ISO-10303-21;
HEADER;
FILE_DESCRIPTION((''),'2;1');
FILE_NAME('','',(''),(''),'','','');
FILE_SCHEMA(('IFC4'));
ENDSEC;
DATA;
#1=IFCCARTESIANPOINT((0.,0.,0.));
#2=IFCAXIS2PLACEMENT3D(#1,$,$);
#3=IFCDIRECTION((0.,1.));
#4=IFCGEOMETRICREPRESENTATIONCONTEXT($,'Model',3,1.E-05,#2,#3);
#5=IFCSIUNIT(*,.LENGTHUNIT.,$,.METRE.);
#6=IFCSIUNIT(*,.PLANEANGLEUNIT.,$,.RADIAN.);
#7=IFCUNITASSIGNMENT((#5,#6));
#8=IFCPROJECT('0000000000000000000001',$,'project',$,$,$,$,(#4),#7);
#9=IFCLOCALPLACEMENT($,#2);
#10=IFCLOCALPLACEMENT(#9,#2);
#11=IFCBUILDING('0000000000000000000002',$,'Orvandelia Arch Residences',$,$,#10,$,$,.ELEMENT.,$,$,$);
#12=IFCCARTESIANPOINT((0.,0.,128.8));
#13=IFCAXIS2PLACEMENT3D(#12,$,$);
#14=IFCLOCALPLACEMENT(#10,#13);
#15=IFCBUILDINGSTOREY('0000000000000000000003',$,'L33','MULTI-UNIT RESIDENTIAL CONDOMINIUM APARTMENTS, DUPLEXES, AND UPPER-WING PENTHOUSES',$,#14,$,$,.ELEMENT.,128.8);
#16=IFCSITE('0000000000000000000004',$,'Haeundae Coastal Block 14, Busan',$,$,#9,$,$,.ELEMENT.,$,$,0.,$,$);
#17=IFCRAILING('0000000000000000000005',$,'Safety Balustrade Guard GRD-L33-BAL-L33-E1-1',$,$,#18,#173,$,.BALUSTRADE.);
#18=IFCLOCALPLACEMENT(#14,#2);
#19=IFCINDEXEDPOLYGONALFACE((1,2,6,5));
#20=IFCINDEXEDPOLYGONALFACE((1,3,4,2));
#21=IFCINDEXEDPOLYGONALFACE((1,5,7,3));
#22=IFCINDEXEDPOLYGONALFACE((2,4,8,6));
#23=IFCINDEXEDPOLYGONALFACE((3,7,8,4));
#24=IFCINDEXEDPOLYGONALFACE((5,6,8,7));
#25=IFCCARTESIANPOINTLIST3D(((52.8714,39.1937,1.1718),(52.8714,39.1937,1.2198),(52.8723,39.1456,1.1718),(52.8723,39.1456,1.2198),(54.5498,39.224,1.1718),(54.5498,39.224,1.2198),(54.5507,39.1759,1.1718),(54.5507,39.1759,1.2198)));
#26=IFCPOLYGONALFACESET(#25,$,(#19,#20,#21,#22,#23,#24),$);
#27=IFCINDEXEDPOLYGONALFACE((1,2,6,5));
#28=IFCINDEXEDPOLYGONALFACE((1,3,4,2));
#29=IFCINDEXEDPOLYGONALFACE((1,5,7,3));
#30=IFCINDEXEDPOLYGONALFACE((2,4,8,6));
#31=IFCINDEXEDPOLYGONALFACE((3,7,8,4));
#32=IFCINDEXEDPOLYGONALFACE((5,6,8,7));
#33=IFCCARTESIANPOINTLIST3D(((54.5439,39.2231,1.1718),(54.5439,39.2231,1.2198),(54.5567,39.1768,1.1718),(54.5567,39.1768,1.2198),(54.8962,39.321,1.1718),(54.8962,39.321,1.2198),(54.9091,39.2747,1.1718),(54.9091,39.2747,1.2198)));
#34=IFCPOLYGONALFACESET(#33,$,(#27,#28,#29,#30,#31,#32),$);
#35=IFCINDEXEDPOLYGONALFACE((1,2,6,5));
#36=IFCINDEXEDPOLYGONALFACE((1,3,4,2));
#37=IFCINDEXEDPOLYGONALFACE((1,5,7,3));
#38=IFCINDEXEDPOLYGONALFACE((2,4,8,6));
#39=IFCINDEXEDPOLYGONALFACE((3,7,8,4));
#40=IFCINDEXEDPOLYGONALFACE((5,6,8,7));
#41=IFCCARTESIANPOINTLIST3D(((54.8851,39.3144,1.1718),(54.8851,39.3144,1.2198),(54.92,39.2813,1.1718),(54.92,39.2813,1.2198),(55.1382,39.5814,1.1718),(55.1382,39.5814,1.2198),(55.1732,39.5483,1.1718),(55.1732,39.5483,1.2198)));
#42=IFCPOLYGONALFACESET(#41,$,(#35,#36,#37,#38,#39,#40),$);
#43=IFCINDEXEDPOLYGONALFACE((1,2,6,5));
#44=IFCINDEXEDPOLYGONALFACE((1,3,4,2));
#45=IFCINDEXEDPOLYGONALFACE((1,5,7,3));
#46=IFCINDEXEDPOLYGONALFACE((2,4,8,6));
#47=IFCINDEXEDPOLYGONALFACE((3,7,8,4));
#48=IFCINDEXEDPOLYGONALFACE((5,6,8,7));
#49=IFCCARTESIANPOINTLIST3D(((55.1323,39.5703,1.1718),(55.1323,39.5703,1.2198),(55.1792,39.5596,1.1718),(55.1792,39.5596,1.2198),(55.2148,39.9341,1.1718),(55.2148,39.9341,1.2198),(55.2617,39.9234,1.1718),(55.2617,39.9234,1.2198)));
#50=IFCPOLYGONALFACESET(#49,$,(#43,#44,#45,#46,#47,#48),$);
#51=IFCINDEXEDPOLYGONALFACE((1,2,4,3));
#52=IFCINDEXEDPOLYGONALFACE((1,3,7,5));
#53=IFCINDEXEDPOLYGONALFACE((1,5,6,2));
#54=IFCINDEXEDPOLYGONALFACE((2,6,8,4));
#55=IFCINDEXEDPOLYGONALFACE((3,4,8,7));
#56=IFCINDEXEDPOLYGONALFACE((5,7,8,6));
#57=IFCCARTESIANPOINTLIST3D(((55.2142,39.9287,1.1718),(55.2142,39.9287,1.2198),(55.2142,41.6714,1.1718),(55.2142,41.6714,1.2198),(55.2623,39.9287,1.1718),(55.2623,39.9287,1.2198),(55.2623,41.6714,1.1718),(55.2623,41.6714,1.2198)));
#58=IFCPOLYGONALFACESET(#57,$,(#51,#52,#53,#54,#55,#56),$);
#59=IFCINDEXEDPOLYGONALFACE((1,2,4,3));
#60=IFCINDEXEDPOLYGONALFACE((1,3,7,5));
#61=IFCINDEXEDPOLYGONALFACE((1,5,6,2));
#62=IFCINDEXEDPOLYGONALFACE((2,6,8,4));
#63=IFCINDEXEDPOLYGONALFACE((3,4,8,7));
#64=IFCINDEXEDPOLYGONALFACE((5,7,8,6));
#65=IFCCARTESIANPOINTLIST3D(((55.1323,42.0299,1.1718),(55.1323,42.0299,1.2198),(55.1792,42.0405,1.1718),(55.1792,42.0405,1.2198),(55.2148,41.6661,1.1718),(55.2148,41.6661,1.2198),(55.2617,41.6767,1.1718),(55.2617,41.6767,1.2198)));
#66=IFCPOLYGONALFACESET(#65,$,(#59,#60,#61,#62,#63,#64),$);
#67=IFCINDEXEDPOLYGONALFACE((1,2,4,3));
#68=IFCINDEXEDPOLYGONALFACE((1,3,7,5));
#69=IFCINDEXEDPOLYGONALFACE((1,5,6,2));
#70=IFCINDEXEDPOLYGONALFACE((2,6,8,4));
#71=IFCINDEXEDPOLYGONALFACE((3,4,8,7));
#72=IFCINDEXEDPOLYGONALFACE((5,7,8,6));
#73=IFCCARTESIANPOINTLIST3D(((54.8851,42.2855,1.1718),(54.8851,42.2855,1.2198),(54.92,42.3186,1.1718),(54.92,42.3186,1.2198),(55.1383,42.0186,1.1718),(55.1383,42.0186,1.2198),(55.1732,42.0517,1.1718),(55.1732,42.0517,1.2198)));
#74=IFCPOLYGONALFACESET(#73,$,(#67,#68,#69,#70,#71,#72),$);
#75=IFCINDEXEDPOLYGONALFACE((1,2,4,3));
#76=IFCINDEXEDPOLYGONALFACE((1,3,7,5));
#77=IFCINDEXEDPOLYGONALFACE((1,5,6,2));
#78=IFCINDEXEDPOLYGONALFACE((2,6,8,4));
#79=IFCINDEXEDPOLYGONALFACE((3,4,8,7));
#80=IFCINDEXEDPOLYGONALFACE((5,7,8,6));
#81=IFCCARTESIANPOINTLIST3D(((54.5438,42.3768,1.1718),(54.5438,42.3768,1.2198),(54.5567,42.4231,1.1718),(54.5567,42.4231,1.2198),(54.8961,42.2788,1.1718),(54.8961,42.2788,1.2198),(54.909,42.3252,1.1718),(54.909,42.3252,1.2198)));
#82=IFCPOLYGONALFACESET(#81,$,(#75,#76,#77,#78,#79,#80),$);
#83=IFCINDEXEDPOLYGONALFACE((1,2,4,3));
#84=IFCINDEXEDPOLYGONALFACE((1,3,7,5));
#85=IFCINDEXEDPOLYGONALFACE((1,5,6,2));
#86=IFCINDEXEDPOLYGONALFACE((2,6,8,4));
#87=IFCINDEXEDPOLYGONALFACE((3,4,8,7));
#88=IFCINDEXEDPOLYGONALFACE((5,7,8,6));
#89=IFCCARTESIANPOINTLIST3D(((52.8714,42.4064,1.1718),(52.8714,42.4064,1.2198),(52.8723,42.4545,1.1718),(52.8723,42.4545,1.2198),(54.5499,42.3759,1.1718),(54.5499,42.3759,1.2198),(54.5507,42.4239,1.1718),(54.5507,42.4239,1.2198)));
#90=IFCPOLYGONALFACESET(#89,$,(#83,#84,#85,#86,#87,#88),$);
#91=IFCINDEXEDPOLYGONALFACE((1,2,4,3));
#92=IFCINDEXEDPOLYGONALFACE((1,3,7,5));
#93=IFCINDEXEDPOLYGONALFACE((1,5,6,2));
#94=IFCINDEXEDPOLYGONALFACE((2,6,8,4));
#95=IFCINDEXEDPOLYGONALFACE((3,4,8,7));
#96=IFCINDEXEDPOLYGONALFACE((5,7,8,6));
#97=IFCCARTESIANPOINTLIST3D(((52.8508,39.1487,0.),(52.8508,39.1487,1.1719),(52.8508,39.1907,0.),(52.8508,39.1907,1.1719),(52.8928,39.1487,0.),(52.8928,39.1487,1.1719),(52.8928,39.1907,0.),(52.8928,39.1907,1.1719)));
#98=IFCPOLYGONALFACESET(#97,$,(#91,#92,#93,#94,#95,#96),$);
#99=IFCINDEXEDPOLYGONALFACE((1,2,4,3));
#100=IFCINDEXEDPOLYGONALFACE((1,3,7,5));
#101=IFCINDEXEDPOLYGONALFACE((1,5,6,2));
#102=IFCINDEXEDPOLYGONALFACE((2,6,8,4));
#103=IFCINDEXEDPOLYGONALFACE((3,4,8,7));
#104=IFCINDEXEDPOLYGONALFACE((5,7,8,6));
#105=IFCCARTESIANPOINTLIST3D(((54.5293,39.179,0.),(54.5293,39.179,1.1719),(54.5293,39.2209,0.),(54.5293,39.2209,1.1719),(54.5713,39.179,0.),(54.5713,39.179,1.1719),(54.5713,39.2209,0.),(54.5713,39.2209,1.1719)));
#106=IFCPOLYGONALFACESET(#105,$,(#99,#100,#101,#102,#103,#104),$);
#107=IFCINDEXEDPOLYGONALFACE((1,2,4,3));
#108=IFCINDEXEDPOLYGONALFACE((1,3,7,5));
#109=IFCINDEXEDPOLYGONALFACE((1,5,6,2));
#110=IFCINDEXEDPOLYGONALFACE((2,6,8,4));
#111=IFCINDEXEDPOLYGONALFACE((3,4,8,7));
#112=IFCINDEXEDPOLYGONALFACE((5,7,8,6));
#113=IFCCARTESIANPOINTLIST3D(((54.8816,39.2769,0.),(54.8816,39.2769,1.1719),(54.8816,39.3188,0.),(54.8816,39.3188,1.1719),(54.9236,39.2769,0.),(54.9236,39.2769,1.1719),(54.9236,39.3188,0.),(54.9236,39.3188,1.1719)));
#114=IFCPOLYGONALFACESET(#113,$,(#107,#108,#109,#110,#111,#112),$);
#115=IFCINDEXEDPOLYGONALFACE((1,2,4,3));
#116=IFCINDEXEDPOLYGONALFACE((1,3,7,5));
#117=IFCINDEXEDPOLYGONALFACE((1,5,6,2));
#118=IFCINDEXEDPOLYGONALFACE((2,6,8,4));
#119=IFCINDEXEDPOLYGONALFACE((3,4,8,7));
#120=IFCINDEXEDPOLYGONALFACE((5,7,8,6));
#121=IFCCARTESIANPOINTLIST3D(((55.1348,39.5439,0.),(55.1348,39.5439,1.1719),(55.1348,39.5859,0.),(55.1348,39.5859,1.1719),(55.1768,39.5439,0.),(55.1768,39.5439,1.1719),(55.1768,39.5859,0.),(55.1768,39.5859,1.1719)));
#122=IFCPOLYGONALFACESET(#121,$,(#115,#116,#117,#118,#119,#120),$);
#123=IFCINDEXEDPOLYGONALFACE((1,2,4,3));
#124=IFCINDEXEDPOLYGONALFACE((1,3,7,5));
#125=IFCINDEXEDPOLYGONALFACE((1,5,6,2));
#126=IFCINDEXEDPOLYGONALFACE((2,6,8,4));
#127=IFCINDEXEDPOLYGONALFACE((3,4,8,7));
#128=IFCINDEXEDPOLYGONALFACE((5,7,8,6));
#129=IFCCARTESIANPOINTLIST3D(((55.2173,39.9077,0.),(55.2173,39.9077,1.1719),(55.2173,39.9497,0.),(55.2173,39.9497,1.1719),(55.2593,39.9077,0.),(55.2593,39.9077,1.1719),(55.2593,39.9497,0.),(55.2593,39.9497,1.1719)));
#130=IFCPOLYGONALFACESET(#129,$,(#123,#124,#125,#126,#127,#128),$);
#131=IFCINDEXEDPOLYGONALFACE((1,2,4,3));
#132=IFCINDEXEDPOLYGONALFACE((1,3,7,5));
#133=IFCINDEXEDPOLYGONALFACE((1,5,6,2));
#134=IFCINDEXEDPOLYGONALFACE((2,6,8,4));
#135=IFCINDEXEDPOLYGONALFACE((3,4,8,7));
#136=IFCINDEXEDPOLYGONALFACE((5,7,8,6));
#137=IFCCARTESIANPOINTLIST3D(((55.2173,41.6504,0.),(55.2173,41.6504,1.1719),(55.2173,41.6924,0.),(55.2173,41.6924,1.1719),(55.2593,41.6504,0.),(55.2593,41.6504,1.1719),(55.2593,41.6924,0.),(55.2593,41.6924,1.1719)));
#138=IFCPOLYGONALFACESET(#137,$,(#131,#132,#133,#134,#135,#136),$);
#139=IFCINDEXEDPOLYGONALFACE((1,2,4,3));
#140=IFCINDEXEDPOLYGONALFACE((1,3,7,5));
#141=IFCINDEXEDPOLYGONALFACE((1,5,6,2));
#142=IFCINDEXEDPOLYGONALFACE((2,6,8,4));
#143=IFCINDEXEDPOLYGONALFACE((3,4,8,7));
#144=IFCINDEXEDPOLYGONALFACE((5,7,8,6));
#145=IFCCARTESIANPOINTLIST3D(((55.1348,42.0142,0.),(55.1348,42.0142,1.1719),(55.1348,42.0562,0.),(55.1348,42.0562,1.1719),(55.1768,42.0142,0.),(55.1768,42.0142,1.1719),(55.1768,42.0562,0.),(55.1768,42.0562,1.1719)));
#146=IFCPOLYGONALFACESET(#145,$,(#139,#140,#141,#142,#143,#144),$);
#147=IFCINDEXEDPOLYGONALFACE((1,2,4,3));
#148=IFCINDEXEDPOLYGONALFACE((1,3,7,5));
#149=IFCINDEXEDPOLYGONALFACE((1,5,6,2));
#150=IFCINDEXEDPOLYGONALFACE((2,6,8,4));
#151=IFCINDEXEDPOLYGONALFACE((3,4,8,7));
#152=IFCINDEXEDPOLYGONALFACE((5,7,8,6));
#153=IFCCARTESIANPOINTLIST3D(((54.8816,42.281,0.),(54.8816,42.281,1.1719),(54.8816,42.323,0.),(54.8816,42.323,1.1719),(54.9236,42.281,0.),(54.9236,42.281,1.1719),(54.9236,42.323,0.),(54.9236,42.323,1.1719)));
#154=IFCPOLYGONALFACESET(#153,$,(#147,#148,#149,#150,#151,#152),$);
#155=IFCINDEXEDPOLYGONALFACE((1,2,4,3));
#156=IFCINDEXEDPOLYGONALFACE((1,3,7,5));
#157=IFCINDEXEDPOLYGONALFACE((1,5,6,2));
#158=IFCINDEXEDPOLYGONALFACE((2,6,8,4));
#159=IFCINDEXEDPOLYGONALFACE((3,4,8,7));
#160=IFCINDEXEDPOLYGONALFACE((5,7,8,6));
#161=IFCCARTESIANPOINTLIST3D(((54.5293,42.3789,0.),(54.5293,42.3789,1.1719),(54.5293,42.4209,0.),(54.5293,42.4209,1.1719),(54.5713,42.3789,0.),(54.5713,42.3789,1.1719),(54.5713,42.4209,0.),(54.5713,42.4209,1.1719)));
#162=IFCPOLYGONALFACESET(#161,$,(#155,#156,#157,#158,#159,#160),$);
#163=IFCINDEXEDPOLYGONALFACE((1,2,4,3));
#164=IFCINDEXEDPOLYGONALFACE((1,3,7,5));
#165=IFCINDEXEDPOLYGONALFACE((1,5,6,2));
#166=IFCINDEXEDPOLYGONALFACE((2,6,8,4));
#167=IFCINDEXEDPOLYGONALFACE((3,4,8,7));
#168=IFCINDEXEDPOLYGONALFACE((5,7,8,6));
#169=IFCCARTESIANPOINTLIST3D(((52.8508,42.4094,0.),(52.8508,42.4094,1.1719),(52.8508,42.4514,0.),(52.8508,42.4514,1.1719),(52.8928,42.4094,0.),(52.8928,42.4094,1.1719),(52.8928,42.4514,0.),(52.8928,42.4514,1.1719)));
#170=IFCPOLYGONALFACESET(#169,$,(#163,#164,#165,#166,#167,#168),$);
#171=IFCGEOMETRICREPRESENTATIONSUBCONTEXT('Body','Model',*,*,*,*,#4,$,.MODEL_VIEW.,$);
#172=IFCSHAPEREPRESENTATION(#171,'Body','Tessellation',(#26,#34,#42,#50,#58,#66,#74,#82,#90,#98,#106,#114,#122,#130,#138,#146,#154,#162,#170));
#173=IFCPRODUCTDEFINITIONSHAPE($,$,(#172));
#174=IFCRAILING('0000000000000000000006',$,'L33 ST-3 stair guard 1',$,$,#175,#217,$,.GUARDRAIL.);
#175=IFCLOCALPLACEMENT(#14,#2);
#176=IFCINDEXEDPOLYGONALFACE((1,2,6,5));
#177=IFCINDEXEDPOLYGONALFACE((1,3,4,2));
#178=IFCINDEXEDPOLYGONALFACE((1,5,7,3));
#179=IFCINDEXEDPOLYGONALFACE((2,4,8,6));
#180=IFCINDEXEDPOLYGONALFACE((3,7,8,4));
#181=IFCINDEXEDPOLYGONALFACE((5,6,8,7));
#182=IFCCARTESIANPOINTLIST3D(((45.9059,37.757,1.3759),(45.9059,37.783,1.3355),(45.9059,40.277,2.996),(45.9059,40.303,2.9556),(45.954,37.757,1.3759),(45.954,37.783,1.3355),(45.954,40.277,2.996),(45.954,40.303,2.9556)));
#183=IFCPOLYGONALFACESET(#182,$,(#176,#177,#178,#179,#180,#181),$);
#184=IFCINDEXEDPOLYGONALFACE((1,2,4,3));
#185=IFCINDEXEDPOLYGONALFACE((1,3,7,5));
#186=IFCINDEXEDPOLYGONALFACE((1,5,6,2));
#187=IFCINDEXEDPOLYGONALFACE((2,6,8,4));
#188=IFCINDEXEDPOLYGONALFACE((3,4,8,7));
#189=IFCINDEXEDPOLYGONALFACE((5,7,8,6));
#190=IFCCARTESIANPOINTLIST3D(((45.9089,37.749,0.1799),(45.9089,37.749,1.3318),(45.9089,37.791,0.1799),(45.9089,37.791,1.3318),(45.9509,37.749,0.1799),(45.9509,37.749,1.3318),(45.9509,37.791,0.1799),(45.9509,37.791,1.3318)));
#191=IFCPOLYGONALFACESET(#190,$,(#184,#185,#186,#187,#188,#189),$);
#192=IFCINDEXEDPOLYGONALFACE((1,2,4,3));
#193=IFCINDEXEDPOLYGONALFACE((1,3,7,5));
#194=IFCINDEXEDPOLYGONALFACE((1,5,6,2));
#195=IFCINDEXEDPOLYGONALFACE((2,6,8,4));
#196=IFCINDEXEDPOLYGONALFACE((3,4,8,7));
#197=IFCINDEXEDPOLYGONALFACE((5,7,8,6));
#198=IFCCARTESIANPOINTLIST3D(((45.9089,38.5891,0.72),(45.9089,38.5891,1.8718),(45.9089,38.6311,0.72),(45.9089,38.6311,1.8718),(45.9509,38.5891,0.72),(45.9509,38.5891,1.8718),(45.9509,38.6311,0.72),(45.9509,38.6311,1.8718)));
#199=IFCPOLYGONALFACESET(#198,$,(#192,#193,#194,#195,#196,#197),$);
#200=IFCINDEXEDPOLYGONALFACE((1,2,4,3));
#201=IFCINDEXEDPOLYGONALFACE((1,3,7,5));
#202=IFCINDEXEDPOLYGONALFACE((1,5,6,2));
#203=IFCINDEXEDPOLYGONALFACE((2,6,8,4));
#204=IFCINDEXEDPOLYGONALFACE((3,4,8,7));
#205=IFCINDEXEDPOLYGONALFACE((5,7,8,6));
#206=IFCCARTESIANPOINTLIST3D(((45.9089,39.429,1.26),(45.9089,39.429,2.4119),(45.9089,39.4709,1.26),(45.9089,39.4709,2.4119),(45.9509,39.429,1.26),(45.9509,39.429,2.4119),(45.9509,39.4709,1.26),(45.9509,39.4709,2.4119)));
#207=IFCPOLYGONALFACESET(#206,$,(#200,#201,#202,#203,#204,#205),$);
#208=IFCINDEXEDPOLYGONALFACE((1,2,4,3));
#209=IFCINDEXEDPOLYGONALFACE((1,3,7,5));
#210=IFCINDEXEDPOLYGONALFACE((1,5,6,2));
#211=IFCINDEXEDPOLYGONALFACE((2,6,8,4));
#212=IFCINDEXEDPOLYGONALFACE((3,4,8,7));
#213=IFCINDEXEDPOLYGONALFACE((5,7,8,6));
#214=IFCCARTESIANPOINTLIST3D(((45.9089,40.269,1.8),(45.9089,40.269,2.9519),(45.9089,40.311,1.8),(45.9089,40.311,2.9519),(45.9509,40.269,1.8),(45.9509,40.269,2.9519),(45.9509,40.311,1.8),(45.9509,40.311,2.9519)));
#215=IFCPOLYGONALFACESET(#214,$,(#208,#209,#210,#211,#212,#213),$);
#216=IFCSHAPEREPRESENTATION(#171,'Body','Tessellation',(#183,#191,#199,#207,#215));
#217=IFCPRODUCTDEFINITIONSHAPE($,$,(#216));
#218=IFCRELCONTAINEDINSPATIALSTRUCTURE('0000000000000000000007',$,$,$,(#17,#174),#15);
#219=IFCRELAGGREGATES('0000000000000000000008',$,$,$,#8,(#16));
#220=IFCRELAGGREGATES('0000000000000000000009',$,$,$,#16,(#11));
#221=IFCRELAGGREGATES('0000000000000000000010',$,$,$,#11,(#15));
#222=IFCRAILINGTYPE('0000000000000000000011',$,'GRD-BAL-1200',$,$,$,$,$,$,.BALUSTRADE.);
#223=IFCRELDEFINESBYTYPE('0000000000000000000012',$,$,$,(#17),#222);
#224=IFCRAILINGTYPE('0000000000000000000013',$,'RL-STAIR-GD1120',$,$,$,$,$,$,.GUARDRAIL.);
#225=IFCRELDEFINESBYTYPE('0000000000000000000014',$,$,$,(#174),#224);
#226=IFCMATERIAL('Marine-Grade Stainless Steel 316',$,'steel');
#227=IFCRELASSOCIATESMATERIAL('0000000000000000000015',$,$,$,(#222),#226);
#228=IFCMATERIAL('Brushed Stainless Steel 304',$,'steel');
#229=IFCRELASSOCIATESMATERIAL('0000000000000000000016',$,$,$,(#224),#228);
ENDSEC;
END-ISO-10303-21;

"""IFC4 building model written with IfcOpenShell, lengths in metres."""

from ifc_helpers import new_model, si_unit, direction, frame, origin, origin_2d, place, context, subcontext, project, spatial, rectangle, extrude, material, type_object, element, save


model = new_model("IFC4")

# Units and contexts
model_context = context("Model", 3, precision=1e-05, world=origin(), true_north=direction((0.0, 1.0)))
body_context = subcontext(model_context, "Body", "Model", "MODEL_VIEW")
ifc_project = project(units=[si_unit("LENGTHUNIT", "METRE"), si_unit("PLANEANGLEUNIT", "RADIAN")], contexts=[model_context])

# Site, building, storey
site_placement = place(None, origin())
site = spatial("IfcSite", under=ifc_project, at=site_placement, Name="Haeundae Coastal Block 14, Busan", CompositionType="ELEMENT", RefElevation=0.0)
building_placement = place(site_placement, origin())
building = spatial("IfcBuilding", under=site, at=building_placement, Name="Orvandelia Arch Residences", CompositionType="ELEMENT")
storey_placement = place(building_placement, frame((0.0, 0.0, 128.8)))
storey = spatial("IfcBuildingStorey", under=building, at=storey_placement, Name="L33", Description="MULTI-UNIT RESIDENTIAL CONDOMINIUM APARTMENTS, DUPLEXES, AND UPPER-WING PENTHOUSES", CompositionType="ELEMENT", Elevation=128.8)

# Railings
ifc_material_1 = material(Name="Marine-Grade Stainless Steel 316", Category="steel")
railing_type_1 = type_object("IfcRailingType", Name="GRD-BAL-1200", PredefinedType="BALUSTRADE", material=ifc_material_1)
railing_1_placement = place(storey_placement, frame((52.8718, 39.1697, 0.0)))
element("IfcRailing", 1, at=railing_1_placement, inside=storey, type_object=railing_type_1, Name="Safety Balustrade Guard GRD-L33-BAL-L33-E1-1", PredefinedType="BALUSTRADE", context=body_context, shape_type="SweptSolid", body=[
    extrude(rectangle(XDim=0.0481, YDim=0.0481, at=origin_2d()), frame((0.0, 0.0, 1.1958), z_axis=(0.999837, 0.018033, 0.0), x_axis=(-0.018033, 0.999837, 0.0)), (0.0, 0.0, 1.0), 1.6787),
    extrude(rectangle(XDim=0.0481, YDim=0.0481, at=origin_2d()), frame((1.6785, 0.0303, 1.1958), z_axis=(0.963489, 0.267747, 0.0), x_axis=(-0.267747, 0.963489, 0.0)), (0.0, 0.0, 1.0), 0.3657),
    extrude(rectangle(XDim=0.0481, YDim=0.0481, at=origin_2d()), frame((2.0308, 0.1282, 1.1958), z_axis=(0.687947, 0.725761, 0.0), x_axis=(-0.725761, 0.687947, 0.0)), (0.0, 0.0, 1.0), 0.3679),
    extrude(rectangle(XDim=0.0481, YDim=0.0481, at=origin_2d()), frame((2.2839, 0.3953, 1.1958), z_axis=(0.221225, 0.975223, 0.0), x_axis=(-0.975223, 0.221225, 0.0)), (0.0, 0.0, 1.0), 0.373),
    extrude(rectangle(XDim=0.0481, YDim=0.0481, at=origin_2d()), frame((2.3665, 0.759, 1.1958), z_axis=(0.0, 1.0, 0.0), x_axis=(-1.0, 0.0, 0.0)), (0.0, 0.0, 1.0), 1.7427),
    extrude(rectangle(XDim=0.0481, YDim=0.0481, at=origin_2d()), frame((2.3665, 2.5017, 1.1958), z_axis=(-0.221225, 0.975223, 0.0), x_axis=(-0.975223, -0.221225, 0.0)), (0.0, 0.0, 1.0), 0.373),
    extrude(rectangle(XDim=0.0481, YDim=0.0481, at=origin_2d()), frame((2.2839, 2.8655, 1.1958), z_axis=(-0.688278, 0.725447, 0.0), x_axis=(-0.725447, -0.688278, 0.0)), (0.0, 0.0, 1.0), 0.3679),
    extrude(rectangle(XDim=0.0481, YDim=0.0481, at=origin_2d()), frame((2.0308, 3.1323, 1.1958), z_axis=(-0.963489, 0.267747, 0.0), x_axis=(-0.267747, -0.963489, 0.0)), (0.0, 0.0, 1.0), 0.3657),
    extrude(rectangle(XDim=0.0481, YDim=0.0481, at=origin_2d()), frame((1.6785, 3.2302, 1.1958), z_axis=(-0.999835, 0.018179, 0.0), x_axis=(-0.018179, -0.999835, 0.0)), (0.0, 0.0, 1.0), 1.6787),
    extrude(rectangle(XDim=0.042, YDim=0.042, at=origin_2d()), origin(), (0.0, 0.0, 1.0), 1.1719),
    extrude(rectangle(XDim=0.042, YDim=0.042, at=origin_2d()), frame((1.6785, 0.0303, 0.0)), (0.0, 0.0, 1.0), 1.1719),
    extrude(rectangle(XDim=0.042, YDim=0.042, at=origin_2d()), frame((2.0308, 0.1282, 0.0)), (0.0, 0.0, 1.0), 1.1719),
    extrude(rectangle(XDim=0.042, YDim=0.042, at=origin_2d()), frame((2.2839, 0.3953, 0.0)), (0.0, 0.0, 1.0), 1.1719),
    extrude(rectangle(XDim=0.042, YDim=0.042, at=origin_2d()), frame((2.3665, 0.759, 0.0)), (0.0, 0.0, 1.0), 1.1719),
    extrude(rectangle(XDim=0.042, YDim=0.042, at=origin_2d()), frame((2.3665, 2.5017, 0.0)), (0.0, 0.0, 1.0), 1.1719),
    extrude(rectangle(XDim=0.042, YDim=0.042, at=origin_2d()), frame((2.2839, 2.8655, 0.0)), (0.0, 0.0, 1.0), 1.1719),
    extrude(rectangle(XDim=0.042, YDim=0.042, at=origin_2d()), frame((2.0308, 3.1323, 0.0)), (0.0, 0.0, 1.0), 1.1719),
    extrude(rectangle(XDim=0.042, YDim=0.042, at=origin_2d()), frame((1.6785, 3.2302, 0.0)), (0.0, 0.0, 1.0), 1.1719),
    extrude(rectangle(XDim=0.042, YDim=0.042, at=origin_2d()), frame((0.0, 3.2607, 0.0)), (0.0, 0.0, 1.0), 1.1719),
])
ifc_material_2 = material(Name="Brushed Stainless Steel 304", Category="steel")
railing_type_2 = type_object("IfcRailingType", Name="RL-STAIR-GD1120", PredefinedType="GUARDRAIL", material=ifc_material_2)
railing_2_placement = place(storey_placement, frame((45.9299, 37.77, 0.1799)))
element("IfcRailing", 2, at=railing_2_placement, inside=storey, type_object=railing_type_2, Name="L33 ST-3 stair guard 1", PredefinedType="GUARDRAIL", context=body_context, shape_type="SweptSolid", body=[
    extrude(rectangle(XDim=0.0481, YDim=0.0481, at=origin_2d()), frame((0.0, 0.0, 1.1758), z_axis=(0.0, 0.841163, 0.540782), x_axis=(-1.0, 0.0, 0.0)), (0.0, 0.0, 1.0), 2.9958),
    extrude(rectangle(XDim=0.042, YDim=0.042, at=origin_2d()), origin(), (0.0, 0.0, 1.0), 1.1519),
    extrude(rectangle(XDim=0.042, YDim=0.042, at=origin_2d()), frame((0.0, 0.8401, 0.54)), (0.0, 0.0, 1.0), 1.1519),
    extrude(rectangle(XDim=0.042, YDim=0.042, at=origin_2d()), frame((0.0, 1.6799, 1.0801)), (0.0, 0.0, 1.0), 1.1519),
    extrude(rectangle(XDim=0.042, YDim=0.042, at=origin_2d()), frame((0.0, 2.52, 1.6201)), (0.0, 0.0, 1.0), 1.1519),
])

save(model, "model.ifc")
